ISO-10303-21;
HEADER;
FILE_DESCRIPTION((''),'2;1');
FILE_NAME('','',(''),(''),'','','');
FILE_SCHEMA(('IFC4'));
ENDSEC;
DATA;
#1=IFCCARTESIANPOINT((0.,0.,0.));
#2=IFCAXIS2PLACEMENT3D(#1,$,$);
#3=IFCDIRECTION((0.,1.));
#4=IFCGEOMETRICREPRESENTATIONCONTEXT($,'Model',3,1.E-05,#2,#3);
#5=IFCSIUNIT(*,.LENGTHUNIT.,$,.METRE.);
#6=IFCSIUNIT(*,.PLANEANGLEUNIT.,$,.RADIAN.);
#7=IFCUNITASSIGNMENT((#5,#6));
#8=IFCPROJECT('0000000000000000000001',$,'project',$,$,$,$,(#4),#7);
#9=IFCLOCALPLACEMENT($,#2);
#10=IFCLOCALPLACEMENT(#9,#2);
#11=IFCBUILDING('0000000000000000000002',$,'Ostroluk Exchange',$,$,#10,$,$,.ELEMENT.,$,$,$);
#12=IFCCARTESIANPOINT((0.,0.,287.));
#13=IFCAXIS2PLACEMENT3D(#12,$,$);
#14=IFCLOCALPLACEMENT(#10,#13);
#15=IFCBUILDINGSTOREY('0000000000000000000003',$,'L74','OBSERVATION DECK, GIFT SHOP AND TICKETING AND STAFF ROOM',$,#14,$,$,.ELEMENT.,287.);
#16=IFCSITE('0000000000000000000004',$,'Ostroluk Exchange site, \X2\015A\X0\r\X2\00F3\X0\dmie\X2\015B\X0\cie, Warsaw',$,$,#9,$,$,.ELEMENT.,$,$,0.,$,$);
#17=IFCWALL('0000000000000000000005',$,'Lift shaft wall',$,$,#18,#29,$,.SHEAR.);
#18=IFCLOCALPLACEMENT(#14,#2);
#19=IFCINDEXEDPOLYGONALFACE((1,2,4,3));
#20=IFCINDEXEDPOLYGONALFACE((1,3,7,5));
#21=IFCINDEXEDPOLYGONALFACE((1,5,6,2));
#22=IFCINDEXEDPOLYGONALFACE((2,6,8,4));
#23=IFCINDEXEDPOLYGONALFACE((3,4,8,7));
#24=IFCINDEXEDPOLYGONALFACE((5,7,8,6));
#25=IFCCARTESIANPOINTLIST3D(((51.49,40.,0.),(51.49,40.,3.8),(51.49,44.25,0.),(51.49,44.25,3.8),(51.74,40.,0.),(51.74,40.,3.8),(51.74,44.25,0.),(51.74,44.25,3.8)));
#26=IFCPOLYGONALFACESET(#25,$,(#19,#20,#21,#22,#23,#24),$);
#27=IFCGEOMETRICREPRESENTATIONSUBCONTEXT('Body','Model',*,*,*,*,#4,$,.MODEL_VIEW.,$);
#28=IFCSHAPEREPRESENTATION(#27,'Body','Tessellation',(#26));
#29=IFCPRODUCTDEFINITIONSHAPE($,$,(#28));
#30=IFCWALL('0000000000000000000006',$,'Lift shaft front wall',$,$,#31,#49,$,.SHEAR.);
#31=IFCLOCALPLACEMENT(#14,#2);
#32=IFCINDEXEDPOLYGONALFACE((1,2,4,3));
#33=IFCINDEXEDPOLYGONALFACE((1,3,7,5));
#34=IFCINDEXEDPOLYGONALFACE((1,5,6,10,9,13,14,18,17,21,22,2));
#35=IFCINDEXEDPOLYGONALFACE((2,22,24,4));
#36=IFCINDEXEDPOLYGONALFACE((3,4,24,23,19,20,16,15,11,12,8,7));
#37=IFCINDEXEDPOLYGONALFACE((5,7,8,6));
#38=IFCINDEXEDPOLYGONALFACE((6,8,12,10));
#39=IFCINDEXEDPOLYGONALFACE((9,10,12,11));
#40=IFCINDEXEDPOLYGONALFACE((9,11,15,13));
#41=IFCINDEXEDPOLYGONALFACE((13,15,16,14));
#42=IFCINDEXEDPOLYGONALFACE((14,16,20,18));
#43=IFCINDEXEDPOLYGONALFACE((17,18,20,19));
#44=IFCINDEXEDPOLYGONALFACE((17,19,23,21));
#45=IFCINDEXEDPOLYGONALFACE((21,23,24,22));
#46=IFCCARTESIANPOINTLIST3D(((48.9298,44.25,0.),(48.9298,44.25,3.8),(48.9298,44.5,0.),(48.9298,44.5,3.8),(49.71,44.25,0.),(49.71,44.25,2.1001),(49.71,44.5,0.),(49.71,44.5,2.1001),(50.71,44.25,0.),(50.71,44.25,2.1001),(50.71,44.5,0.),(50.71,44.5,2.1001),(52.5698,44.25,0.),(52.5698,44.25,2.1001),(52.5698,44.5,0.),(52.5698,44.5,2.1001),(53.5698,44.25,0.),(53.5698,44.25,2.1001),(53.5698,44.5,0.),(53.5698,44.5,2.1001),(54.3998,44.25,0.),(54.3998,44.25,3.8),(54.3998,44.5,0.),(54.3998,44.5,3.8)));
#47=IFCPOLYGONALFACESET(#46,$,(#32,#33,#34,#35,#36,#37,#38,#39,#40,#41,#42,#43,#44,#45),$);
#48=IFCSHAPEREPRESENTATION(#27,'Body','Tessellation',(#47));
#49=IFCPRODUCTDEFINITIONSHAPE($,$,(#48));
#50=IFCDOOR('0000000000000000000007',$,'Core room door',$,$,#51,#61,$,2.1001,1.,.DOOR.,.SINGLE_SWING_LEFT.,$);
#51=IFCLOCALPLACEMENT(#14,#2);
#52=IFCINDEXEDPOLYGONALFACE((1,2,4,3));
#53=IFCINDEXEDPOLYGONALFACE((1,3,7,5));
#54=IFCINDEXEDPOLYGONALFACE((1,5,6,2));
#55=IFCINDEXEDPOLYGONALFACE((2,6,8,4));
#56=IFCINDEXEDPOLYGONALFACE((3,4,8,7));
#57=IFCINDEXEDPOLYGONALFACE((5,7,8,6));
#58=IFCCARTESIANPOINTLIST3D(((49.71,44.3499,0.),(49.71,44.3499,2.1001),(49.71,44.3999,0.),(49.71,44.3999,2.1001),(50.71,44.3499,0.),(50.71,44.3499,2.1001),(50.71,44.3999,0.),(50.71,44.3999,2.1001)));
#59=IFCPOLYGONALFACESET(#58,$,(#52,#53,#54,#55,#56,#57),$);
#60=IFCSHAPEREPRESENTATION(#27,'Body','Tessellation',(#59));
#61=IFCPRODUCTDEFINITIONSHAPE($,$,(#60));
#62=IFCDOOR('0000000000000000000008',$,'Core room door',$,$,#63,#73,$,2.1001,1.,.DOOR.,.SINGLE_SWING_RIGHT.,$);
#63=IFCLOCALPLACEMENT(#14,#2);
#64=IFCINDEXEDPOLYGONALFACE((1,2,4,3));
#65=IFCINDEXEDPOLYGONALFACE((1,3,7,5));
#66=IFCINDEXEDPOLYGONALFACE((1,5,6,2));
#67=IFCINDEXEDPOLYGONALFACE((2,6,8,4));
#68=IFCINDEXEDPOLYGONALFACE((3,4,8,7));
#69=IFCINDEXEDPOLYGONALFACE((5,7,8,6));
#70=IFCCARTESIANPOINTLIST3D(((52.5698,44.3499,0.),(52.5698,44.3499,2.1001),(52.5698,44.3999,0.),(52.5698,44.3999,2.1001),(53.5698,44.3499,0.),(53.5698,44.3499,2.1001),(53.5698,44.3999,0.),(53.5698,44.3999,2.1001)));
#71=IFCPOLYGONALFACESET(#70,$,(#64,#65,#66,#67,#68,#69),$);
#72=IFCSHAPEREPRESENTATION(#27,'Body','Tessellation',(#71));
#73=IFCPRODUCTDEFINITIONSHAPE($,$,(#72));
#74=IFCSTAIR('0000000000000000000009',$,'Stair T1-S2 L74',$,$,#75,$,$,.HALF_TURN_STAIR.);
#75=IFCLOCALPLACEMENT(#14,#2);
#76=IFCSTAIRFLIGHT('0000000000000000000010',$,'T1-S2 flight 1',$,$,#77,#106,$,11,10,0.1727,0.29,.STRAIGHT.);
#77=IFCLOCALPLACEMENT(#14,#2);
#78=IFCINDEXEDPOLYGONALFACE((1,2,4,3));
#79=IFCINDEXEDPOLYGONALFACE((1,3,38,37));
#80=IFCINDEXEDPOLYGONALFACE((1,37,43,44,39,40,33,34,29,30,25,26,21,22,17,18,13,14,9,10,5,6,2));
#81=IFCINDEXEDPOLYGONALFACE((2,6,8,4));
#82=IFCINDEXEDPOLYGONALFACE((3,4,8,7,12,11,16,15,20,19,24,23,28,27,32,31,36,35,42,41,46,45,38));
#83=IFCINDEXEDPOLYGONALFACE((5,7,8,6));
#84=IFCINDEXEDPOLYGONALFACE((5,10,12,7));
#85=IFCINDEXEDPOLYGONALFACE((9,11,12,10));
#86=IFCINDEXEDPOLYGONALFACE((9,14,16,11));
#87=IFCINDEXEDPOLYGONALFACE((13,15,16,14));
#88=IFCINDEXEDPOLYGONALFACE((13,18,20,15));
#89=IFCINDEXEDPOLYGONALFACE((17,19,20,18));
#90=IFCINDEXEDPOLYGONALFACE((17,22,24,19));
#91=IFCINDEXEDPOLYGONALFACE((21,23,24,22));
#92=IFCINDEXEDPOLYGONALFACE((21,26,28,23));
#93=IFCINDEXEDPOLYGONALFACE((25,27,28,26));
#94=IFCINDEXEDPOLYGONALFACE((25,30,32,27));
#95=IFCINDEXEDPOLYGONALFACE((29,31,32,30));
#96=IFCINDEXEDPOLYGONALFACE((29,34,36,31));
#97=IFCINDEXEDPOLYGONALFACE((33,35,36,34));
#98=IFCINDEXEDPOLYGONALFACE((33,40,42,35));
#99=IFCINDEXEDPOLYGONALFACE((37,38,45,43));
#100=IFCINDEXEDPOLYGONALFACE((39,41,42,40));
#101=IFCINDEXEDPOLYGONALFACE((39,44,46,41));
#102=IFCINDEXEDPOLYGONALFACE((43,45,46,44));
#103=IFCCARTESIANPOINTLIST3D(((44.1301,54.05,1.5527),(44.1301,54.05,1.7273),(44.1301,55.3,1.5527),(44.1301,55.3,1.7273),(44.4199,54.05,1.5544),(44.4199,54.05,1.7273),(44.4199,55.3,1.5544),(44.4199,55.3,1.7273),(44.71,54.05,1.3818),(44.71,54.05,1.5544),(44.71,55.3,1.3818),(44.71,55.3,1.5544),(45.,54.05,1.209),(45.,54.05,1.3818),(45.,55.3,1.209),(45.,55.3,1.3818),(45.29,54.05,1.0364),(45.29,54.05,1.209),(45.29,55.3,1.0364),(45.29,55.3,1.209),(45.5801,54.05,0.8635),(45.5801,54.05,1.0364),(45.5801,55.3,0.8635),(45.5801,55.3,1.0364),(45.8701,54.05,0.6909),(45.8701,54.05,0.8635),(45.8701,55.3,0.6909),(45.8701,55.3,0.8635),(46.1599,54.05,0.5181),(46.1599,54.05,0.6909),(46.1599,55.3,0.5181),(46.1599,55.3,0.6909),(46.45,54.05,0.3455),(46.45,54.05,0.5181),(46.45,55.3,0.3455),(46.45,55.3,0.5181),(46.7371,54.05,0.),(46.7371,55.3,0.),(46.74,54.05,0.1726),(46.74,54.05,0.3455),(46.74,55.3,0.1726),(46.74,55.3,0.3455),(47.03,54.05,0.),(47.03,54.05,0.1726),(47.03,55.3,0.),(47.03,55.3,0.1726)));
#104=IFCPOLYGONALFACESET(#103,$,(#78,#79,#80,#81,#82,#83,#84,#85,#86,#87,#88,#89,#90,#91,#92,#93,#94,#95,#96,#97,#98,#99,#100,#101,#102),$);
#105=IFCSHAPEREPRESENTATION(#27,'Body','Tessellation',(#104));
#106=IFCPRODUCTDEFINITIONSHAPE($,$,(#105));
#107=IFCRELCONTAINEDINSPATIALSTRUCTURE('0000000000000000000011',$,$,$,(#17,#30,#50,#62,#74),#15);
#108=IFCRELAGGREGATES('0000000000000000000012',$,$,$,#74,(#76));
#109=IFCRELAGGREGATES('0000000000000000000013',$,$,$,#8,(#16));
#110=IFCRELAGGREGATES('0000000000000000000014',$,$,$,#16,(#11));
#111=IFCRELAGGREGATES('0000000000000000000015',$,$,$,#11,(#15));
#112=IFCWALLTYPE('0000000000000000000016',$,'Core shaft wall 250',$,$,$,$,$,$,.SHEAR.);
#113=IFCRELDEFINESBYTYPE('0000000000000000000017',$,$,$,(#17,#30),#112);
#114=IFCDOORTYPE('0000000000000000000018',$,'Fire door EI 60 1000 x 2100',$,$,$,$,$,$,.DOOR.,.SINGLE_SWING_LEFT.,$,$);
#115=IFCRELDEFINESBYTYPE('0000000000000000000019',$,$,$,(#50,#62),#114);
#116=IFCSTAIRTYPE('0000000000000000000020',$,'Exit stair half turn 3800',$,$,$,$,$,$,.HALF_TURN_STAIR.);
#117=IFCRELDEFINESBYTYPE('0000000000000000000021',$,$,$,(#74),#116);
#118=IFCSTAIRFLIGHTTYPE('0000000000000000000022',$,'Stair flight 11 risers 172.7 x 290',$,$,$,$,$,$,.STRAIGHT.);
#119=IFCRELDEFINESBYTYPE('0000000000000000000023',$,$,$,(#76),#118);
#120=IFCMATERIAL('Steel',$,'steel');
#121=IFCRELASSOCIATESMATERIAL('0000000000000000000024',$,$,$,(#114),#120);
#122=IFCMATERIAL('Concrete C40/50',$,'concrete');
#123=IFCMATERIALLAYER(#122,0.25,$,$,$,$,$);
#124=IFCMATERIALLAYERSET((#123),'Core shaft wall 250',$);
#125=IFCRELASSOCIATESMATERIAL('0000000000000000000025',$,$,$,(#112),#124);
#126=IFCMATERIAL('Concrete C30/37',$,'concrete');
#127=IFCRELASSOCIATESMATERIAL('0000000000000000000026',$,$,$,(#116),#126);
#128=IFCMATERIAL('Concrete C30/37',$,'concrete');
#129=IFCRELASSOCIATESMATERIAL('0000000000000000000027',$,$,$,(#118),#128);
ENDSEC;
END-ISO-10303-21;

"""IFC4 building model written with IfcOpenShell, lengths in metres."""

from ifc_helpers import new_model, si_unit, direction, frame, frame_2d, origin, place, context, subcontext, project, spatial, polyline, rectangle, outline, extrude, material, layer, layer_set, type_object, element, fill, aggregate, save


model = new_model("IFC4")

# Units and contexts
model_context = context("Model", 3, precision=1e-05, world=origin(), true_north=direction((0.0, 1.0)))
body_context = subcontext(model_context, "Body", "Model", "MODEL_VIEW")
ifc_project = project(units=[si_unit("LENGTHUNIT", "METRE"), si_unit("PLANEANGLEUNIT", "RADIAN")], contexts=[model_context])

# Site, building, storey
site_placement = place(None, origin())
site = spatial("IfcSite", under=ifc_project, at=site_placement, Name="Ostroluk Exchange site, Śródmieście, Warsaw", CompositionType="ELEMENT", RefElevation=0.0)
building_placement = place(site_placement, origin())
building = spatial("IfcBuilding", under=site, at=building_placement, Name="Ostroluk Exchange", CompositionType="ELEMENT")
storey_placement = place(building_placement, frame((0.0, 0.0, 287.0)))
storey = spatial("IfcBuildingStorey", under=building, at=storey_placement, Name="L74", Description="OBSERVATION DECK, GIFT SHOP AND TICKETING AND STAFF ROOM", CompositionType="ELEMENT", Elevation=287.0)

# Shared definitions
ifc_material_1 = material(Name="Steel", Category="steel")
door_type_1 = type_object("IfcDoorType", Name="Fire door EI 60 1000 x 2100", OperationType="SINGLE_SWING_LEFT", PredefinedType="DOOR", material=ifc_material_1)
ifc_material_2 = material(Name="Concrete C40/50", Category="concrete")
ifc_layer_1 = layer(ifc_material_2, 0.25)
ifc_layer_set_1 = layer_set([ifc_layer_1], Name="Core shaft wall 250")
wall_type_1 = type_object("IfcWallType", Name="Core shaft wall 250", PredefinedType="SHEAR", material=ifc_layer_set_1)

# Wall
wall_1_placement = place(storey_placement, frame((51.615, 44.25, 0.0), z_axis=(0.0, 0.0, 1.0), x_axis=(0.0, -1.0, 0.0)))
element("IfcWall", 1, at=wall_1_placement, inside=storey, type_object=wall_type_1, Name="Lift shaft wall", PredefinedType="SHEAR", context=body_context, shape_type="SweptSolid", body=[
    extrude(rectangle(XDim=4.25, YDim=0.25, at=frame_2d((2.125, 0.0))), origin(), (0.0, 0.0, 1.0), 3.8),
])

# Wall, openings, doors
wall_2_placement = place(storey_placement, frame((48.9299, 44.375, 0.0), z_axis=(0.0, 0.0, 1.0), x_axis=(1.0, 0.0, 0.0)))
wall_2 = element("IfcWall", 2, at=wall_2_placement, inside=storey, type_object=wall_type_1, Name="Lift shaft front wall", PredefinedType="SHEAR", context=body_context, shape_type="SweptSolid", body=[
    extrude(rectangle(XDim=5.47, YDim=0.25, at=frame_2d((2.7349, 0.0))), origin(), (0.0, 0.0, 1.0), 3.8),
])
opening_1_placement = place(wall_2_placement, frame((0.78, 0.0, 0.0)))
opening_1 = element("IfcOpeningElement", 3, at=opening_1_placement, cuts=wall_2, PredefinedType="OPENING", context=body_context, shape_type="SweptSolid", body=[
    extrude(rectangle(XDim=1.0, YDim=2.1001, at=frame_2d((0.5, 1.05))), frame((0.0, 0.135, 0.0), z_axis=(0.0, -1.0, 0.0), x_axis=(1.0, 0.0, 0.0)), (0.0, 0.0, 1.0), 0.27),
])
opening_2_placement = place(wall_2_placement, frame((3.6399, 0.0, 0.0)))
opening_2 = element("IfcOpeningElement", 4, at=opening_2_placement, cuts=wall_2, PredefinedType="OPENING", context=body_context, shape_type="SweptSolid", body=[
    extrude(rectangle(XDim=1.0, YDim=2.1001, at=frame_2d((0.5, 1.05))), frame((0.0, 0.135, 0.0), z_axis=(0.0, -1.0, 0.0), x_axis=(1.0, 0.0, 0.0)), (0.0, 0.0, 1.0), 0.27),
])
door_1_placement = place(opening_1_placement, origin())
door_1 = element("IfcDoor", 5, at=door_1_placement, inside=storey, type_object=door_type_1, Name="Core room door", OperationType="SINGLE_SWING_LEFT", OverallHeight=2.1001, OverallWidth=1.0, PredefinedType="DOOR", context=body_context, shape_type="SweptSolid", body=[
    extrude(rectangle(XDim=1.0, YDim=2.1001, at=frame_2d((0.5, 1.05))), frame((0.0, 0.0249, 0.0), z_axis=(0.0, -1.0, 0.0), x_axis=(1.0, 0.0, 0.0)), (0.0, 0.0, 1.0), 0.05),
])
fill(opening_1, door_1)
door_2_placement = place(opening_2_placement, origin())
door_2 = element("IfcDoor", 6, at=door_2_placement, inside=storey, type_object=door_type_1, Name="Core room door", OperationType="SINGLE_SWING_RIGHT", OverallHeight=2.1001, OverallWidth=1.0, PredefinedType="DOOR", context=body_context, shape_type="SweptSolid", body=[
    extrude(rectangle(XDim=1.0, YDim=2.1001, at=frame_2d((0.5, 1.05))), frame((0.0, 0.0249, 0.0), z_axis=(0.0, -1.0, 0.0), x_axis=(1.0, 0.0, 0.0)), (0.0, 0.0, 1.0), 0.05),
])
fill(opening_2, door_2)

# Stair, stair flight
ifc_material_3 = material(Name="Concrete C30/37", Category="concrete")
stair_type = type_object("IfcStairType", Name="Exit stair half turn 3800", PredefinedType="HALF_TURN_STAIR", material=ifc_material_3)
stair_placement = place(storey_placement, origin())
stair = element("IfcStair", 7, at=stair_placement, inside=storey, type_object=stair_type, Name="Stair T1-S2 L74", PredefinedType="HALF_TURN_STAIR")
ifc_material_4 = material(Name="Concrete C30/37", Category="concrete")
stair_flight_type = type_object("IfcStairFlightType", Name="Stair flight 11 risers 172.7 x 290", PredefinedType="STRAIGHT", material=ifc_material_4)
stair_flight_placement = place(storey_placement, frame((47.03, 54.675, 0.0), z_axis=(0.0, 0.0, 1.0), x_axis=(-1.0, 0.0, 0.0)))
stair_flight = element("IfcStairFlight", 8, at=stair_flight_placement, type_object=stair_flight_type, Name="T1-S2 flight 1", NumberOfRisers=11, NumberOfTreads=10, PredefinedType="STRAIGHT", RiserHeight=0.1727, TreadLength=0.29, context=body_context, shape_type="SweptSolid", body=[
    extrude(outline(polyline([(0.0, 0.0), (0.0, 0.1726), (0.29, 0.1726), (0.29, 0.3455), (0.5801, 0.3455), (0.5801, 0.5181), (0.8701, 0.5181), (0.8701, 0.6909), (1.1599, 0.6909), (1.1599, 0.8635), (1.45, 0.8635), (1.45, 1.0364), (1.74, 1.0364), (1.74, 1.209), (2.03, 1.209), (2.03, 1.3818), (2.3201, 1.3818), (2.3201, 1.5544), (2.6101, 1.5544), (2.6101, 1.7273), (2.8999, 1.7273), (2.8999, 1.8999), (2.8999, 1.5527), (0.293, 0.0), (0.0, 0.0)])), frame((0.0, 0.625, 0.0), z_axis=(0.0, -1.0, 0.0), x_axis=(1.0, 0.0, 0.0)), (0.0, 0.0, 1.0), 1.25),
])
aggregate(stair, [stair_flight])

save(model, "model.ifc")
